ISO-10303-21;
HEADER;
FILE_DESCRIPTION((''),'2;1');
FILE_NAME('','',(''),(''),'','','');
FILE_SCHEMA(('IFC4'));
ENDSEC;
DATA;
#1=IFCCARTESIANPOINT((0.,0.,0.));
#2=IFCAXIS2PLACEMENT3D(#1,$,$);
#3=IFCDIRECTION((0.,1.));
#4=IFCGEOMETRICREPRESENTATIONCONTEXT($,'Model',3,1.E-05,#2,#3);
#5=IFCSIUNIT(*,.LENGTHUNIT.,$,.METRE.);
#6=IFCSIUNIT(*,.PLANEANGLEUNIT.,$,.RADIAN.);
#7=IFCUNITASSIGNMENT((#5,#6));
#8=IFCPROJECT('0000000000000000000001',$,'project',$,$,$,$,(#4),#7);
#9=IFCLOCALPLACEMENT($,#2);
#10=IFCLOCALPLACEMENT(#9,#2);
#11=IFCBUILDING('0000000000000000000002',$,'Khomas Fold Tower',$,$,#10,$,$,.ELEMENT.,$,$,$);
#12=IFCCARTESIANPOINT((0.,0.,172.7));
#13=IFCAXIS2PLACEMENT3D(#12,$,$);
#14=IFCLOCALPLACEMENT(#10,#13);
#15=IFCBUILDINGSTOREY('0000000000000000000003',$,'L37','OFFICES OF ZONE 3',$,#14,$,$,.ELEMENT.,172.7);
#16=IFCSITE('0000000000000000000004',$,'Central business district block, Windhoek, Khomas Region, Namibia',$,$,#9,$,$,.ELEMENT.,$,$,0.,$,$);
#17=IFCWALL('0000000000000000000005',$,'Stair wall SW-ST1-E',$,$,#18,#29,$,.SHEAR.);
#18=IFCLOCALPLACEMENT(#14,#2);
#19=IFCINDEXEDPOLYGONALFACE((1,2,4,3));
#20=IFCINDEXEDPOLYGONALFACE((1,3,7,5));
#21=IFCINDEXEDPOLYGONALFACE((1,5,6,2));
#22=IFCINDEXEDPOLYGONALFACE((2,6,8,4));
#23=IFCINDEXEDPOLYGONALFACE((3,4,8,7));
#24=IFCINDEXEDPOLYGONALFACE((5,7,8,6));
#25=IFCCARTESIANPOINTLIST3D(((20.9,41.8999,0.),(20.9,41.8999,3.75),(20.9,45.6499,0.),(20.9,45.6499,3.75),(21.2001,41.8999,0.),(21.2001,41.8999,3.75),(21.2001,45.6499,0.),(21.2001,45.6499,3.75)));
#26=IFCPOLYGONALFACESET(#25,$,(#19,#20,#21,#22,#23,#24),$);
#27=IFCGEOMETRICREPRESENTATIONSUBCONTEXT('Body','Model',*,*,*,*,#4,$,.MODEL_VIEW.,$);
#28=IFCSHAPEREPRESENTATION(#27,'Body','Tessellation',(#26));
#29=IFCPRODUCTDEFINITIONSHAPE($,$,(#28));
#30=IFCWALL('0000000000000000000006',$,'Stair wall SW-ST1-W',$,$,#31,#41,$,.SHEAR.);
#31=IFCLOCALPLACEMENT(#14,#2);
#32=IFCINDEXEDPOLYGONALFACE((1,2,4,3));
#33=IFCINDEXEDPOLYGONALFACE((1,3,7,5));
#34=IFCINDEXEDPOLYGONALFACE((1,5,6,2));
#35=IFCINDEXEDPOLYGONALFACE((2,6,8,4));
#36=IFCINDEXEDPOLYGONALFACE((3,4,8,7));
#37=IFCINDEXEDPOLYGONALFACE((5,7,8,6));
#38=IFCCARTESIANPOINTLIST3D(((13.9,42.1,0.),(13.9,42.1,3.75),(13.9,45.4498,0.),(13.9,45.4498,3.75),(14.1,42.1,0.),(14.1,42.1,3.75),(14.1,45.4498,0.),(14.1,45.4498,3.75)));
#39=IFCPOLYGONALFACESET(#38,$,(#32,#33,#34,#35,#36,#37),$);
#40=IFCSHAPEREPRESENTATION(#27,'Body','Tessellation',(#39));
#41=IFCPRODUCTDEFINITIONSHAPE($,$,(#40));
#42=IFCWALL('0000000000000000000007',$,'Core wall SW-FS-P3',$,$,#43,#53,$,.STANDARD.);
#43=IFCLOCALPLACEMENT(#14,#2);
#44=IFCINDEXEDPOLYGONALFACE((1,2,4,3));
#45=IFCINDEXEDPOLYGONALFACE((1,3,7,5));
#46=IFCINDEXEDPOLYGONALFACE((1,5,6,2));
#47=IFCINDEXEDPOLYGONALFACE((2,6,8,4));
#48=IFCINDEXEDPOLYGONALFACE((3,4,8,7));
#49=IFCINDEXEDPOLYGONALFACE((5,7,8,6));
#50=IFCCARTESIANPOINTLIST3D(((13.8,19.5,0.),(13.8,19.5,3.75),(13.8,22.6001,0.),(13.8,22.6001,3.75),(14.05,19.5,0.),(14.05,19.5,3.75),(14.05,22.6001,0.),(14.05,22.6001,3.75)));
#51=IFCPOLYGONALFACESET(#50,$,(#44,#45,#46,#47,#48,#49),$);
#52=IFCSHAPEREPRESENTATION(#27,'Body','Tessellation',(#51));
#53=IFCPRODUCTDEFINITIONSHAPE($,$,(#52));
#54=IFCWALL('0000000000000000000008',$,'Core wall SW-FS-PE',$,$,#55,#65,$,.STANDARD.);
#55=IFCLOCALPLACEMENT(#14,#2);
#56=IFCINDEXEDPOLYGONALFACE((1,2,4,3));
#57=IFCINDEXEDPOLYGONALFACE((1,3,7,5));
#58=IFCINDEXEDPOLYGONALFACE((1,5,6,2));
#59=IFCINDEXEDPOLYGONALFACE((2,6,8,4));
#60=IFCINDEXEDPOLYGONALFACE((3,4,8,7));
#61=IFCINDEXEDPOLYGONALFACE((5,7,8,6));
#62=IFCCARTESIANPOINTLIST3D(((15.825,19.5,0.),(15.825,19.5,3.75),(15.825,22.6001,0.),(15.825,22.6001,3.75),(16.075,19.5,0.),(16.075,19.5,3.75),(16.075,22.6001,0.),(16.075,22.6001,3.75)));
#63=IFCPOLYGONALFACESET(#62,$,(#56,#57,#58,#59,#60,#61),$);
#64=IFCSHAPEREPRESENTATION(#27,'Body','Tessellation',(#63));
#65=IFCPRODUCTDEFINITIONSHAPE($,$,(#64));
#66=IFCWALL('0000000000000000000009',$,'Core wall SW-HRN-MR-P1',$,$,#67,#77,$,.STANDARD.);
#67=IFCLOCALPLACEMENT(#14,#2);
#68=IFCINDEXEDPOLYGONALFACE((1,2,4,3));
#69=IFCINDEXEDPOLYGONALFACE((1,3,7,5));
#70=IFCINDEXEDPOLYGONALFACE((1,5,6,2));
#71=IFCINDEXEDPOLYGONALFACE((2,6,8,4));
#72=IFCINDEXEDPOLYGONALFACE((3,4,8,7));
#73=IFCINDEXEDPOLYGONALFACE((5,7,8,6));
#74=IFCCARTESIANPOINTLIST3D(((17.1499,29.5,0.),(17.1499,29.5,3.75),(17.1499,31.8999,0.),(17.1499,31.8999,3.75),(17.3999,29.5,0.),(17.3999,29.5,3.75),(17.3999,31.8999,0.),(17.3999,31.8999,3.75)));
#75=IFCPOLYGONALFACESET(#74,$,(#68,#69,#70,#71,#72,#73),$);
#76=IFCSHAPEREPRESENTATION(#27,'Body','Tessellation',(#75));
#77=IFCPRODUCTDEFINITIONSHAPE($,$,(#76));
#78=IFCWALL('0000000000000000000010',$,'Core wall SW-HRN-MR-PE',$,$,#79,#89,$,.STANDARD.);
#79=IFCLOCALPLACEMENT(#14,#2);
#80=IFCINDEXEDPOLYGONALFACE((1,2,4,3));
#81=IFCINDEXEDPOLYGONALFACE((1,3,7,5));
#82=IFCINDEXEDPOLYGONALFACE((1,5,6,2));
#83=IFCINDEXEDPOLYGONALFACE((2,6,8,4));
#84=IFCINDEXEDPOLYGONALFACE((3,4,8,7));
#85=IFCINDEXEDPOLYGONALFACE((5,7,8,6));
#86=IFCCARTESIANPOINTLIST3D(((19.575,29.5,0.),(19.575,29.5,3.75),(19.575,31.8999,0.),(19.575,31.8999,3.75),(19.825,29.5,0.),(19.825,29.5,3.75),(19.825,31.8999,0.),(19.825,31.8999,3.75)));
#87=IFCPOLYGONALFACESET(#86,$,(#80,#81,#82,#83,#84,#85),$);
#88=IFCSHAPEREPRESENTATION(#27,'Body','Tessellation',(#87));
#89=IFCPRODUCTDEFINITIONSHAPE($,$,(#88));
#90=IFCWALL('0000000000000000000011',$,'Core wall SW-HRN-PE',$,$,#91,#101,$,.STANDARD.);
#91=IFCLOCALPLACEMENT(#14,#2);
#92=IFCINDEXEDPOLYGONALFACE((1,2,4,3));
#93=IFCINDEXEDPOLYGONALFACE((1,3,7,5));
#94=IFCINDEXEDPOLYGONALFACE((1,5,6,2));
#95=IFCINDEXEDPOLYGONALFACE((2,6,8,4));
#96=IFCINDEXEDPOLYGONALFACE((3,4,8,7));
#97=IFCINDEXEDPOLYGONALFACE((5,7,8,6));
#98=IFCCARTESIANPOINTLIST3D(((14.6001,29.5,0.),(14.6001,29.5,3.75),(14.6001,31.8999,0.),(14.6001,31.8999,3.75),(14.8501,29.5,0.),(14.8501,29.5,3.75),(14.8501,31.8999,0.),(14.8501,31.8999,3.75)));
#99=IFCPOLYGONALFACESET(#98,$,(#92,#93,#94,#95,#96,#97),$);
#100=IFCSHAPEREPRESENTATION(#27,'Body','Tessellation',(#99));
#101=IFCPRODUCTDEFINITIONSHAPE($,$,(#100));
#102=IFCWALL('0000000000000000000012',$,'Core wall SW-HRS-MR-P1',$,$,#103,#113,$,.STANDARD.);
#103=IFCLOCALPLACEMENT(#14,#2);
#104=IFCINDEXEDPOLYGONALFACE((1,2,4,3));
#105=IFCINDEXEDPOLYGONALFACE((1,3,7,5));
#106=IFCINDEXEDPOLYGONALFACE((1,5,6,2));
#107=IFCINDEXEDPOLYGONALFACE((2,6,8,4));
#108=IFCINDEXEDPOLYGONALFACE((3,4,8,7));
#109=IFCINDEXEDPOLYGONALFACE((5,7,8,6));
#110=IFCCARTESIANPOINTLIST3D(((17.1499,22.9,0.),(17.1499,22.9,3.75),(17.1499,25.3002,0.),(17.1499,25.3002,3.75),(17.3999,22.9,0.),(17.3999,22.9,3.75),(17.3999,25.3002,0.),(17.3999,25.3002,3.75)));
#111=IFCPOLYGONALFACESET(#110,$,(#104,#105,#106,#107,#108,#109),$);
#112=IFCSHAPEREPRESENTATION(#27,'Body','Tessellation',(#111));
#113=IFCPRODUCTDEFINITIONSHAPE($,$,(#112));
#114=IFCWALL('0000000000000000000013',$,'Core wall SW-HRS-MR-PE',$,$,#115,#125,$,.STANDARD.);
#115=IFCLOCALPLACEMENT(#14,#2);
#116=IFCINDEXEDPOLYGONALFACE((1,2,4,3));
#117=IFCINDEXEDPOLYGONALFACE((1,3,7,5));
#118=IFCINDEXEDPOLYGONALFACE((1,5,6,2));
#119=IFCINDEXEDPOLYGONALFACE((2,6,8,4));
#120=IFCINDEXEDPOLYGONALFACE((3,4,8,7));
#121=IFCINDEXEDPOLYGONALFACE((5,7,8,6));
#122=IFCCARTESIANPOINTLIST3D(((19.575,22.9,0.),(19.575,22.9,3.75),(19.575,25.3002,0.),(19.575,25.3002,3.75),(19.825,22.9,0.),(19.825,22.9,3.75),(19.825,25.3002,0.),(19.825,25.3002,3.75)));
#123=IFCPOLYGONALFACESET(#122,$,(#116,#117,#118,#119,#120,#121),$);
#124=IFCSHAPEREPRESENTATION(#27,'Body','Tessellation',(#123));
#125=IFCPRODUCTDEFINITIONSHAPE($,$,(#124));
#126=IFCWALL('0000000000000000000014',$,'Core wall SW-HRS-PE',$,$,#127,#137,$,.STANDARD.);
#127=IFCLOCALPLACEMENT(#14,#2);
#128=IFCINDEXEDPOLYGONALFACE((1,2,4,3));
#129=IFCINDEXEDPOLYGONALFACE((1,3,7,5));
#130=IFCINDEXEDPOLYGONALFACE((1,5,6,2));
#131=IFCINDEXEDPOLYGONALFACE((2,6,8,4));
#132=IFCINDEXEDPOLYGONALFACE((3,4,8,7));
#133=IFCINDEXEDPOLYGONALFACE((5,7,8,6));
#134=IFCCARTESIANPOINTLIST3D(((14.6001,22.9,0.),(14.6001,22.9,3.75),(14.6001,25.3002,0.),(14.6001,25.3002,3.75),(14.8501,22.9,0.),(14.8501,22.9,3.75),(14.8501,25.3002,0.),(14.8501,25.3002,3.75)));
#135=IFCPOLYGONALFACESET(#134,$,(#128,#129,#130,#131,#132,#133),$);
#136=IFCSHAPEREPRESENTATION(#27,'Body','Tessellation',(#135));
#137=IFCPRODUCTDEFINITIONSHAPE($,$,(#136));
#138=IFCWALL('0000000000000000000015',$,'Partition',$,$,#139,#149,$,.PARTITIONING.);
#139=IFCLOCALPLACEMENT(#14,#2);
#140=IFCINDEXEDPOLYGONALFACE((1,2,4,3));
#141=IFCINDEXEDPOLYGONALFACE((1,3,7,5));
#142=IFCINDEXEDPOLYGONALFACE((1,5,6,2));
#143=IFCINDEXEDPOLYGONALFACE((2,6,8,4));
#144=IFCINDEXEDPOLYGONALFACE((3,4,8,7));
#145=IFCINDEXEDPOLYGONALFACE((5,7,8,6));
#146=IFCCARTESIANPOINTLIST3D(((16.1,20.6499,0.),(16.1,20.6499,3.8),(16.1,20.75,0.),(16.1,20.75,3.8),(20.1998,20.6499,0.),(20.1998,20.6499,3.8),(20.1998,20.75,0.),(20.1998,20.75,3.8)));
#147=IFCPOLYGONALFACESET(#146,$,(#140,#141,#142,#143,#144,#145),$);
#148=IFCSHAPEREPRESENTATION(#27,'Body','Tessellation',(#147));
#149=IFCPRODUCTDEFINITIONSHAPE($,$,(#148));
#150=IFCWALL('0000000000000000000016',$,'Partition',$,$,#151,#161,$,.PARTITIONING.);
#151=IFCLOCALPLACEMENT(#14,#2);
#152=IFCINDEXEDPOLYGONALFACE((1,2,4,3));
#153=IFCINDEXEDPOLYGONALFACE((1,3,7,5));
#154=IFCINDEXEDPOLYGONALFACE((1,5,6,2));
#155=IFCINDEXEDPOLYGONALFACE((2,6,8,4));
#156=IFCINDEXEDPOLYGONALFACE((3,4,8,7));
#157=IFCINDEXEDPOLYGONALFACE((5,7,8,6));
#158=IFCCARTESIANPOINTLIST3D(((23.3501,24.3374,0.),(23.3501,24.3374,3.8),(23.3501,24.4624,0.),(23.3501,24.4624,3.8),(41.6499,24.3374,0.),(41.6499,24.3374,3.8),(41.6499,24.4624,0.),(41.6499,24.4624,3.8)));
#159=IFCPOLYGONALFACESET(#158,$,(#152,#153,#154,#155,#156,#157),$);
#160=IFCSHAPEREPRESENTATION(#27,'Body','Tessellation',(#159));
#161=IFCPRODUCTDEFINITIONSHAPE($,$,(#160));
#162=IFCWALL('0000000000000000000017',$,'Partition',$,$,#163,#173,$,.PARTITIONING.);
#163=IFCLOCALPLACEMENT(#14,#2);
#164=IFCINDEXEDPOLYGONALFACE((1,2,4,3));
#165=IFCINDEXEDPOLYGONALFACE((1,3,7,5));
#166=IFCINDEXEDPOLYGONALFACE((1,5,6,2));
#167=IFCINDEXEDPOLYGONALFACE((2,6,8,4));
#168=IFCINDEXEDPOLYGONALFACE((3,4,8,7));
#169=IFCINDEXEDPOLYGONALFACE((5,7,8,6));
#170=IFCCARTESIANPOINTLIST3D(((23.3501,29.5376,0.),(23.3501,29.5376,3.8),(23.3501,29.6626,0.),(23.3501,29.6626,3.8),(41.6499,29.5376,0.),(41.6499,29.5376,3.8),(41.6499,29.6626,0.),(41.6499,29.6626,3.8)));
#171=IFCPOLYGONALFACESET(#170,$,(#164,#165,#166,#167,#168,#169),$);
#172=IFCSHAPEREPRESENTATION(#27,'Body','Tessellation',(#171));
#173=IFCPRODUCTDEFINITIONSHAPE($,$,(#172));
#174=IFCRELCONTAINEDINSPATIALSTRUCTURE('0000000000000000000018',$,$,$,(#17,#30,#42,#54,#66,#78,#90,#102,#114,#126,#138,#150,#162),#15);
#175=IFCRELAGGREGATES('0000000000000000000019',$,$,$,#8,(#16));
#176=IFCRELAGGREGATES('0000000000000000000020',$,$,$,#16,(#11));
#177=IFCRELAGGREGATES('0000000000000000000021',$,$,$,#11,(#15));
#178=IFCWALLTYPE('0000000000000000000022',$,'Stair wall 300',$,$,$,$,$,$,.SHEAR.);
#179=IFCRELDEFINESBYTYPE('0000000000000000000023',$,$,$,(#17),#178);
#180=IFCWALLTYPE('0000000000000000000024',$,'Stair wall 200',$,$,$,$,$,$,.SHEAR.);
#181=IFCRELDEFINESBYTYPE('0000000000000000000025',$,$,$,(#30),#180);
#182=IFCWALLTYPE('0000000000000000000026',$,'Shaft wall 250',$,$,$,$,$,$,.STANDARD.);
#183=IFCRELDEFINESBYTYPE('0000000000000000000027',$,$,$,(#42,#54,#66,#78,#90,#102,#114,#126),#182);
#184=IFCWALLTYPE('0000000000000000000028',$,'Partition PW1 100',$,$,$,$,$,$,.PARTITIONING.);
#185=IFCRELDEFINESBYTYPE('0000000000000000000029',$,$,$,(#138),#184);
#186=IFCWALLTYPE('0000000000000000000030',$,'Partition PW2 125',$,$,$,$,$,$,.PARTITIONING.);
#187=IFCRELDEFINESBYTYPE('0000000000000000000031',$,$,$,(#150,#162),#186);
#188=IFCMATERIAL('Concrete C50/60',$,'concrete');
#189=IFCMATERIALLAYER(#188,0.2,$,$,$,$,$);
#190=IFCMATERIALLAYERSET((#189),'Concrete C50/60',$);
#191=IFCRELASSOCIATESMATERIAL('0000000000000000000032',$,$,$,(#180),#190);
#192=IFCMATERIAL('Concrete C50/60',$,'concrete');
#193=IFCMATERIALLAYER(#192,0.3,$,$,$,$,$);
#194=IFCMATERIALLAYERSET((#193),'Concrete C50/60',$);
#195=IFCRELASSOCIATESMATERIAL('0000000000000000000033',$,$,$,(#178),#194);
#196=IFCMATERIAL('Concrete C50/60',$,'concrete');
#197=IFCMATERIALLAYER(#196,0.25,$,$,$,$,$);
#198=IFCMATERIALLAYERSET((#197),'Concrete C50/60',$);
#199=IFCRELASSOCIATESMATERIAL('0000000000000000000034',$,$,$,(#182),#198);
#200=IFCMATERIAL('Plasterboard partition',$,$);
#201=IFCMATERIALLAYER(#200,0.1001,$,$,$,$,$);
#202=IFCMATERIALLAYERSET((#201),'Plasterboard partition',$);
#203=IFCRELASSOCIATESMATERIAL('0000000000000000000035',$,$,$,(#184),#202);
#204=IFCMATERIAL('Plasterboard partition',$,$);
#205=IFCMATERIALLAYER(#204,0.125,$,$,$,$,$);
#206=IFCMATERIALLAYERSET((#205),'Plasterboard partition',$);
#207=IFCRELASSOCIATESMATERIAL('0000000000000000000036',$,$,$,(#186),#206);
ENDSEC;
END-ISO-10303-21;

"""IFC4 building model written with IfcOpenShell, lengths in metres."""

from ifc_helpers import new_model, si_unit, direction, frame, frame_2d, origin, place, context, subcontext, project, spatial, rectangle, extrude, source, transform, mapped, material, layer, layer_set, type_object, element, save


model = new_model("IFC4")

# Units and contexts
model_context = context("Model", 3, precision=1e-05, world=origin(), true_north=direction((0.0, 1.0)))
body_context = subcontext(model_context, "Body", "Model", "MODEL_VIEW")
ifc_project = project(units=[si_unit("LENGTHUNIT", "METRE"), si_unit("PLANEANGLEUNIT", "RADIAN")], contexts=[model_context])

# Site, building, storey
site_placement = place(None, origin())
site = spatial("IfcSite", under=ifc_project, at=site_placement, Name="Central business district block, Windhoek, Khomas Region, Namibia", CompositionType="ELEMENT", RefElevation=0.0)
building_placement = place(site_placement, origin())
building = spatial("IfcBuilding", under=site, at=building_placement, Name="Khomas Fold Tower", CompositionType="ELEMENT")
storey_placement = place(building_placement, frame((0.0, 0.0, 172.7)))
storey = spatial("IfcBuildingStorey", under=building, at=storey_placement, Name="L37", Description="OFFICES OF ZONE 3", CompositionType="ELEMENT", Elevation=172.7)

# Walls
ifc_material_1 = material(Name="Concrete C50/60", Category="concrete")
ifc_layer_1 = layer(ifc_material_1, 0.2)
ifc_layer_set_1 = layer_set([ifc_layer_1], Name="Concrete C50/60")
wall_type_1 = type_object("IfcWallType", Name="Stair wall 200", PredefinedType="SHEAR", material=ifc_layer_set_1)
ifc_material_2 = material(Name="Concrete C50/60", Category="concrete")
ifc_layer_2 = layer(ifc_material_2, 0.3)
ifc_layer_set_2 = layer_set([ifc_layer_2], Name="Concrete C50/60")
wall_type_2 = type_object("IfcWallType", Name="Stair wall 300", PredefinedType="SHEAR", material=ifc_layer_set_2)
shared_shape_1 = source(origin(), body_context, "Body", "SweptSolid", [
    extrude(rectangle(XDim=3.75, YDim=0.3, at=frame_2d((1.875, 0.0))), origin(), (0.0, 0.0, 1.0), 3.75),
])
wall_1_placement = place(storey_placement, frame((21.05, 41.8999, 0.0), z_axis=(0.0, 0.0, 1.0), x_axis=(0.0, 1.0, 0.0)))
element("IfcWall", 1, at=wall_1_placement, inside=storey, type_object=wall_type_2, Name="Stair wall SW-ST1-E", PredefinedType="SHEAR", context=body_context, shape_type="MappedRepresentation", body=[
    mapped(shared_shape_1, transform((0.0, 0.0, 0.0))),
])
shared_shape_2 = source(origin(), body_context, "Body", "SweptSolid", [
    extrude(rectangle(XDim=3.3499, YDim=0.2, at=frame_2d((1.6748, 0.0))), origin(), (0.0, 0.0, 1.0), 3.75),
])
wall_2_placement = place(storey_placement, frame((14.0, 42.1001, 0.0), z_axis=(0.0, 0.0, 1.0), x_axis=(0.0, 1.0, 0.0)))
element("IfcWall", 2, at=wall_2_placement, inside=storey, type_object=wall_type_1, Name="Stair wall SW-ST1-W", PredefinedType="SHEAR", context=body_context, shape_type="MappedRepresentation", body=[
    mapped(shared_shape_2, transform((0.0, 0.0, 0.0))),
])
ifc_material_3 = material(Name="Concrete C50/60", Category="concrete")
ifc_layer_3 = layer(ifc_material_3, 0.25)
ifc_layer_set_3 = layer_set([ifc_layer_3], Name="Concrete C50/60")
wall_type_3 = type_object("IfcWallType", Name="Shaft wall 250", PredefinedType="STANDARD", material=ifc_layer_set_3)
shared_shape_3 = source(origin(), body_context, "Body", "SweptSolid", [
    extrude(rectangle(XDim=3.1001, YDim=0.25, at=frame_2d((1.55, 0.0))), origin(), (0.0, 0.0, 1.0), 3.75),
])
for number, where, z_axis, x_axis, name in (
    (3, (13.925, 19.5, 0.0), (0.0, 0.0, 1.0), (0.0, 1.0, 0.0), "Core wall SW-FS-P3"),
    (4, (15.95, 19.5, 0.0), (0.0, 0.0, 1.0), (0.0, 1.0, 0.0), "Core wall SW-FS-PE"),
):
    element("IfcWall", number, at=place(storey_placement, frame(where, z_axis=z_axis, x_axis=x_axis)), inside=storey, type_object=wall_type_3, Name=name, PredefinedType="STANDARD", context=body_context, shape_type="MappedRepresentation", body=[
        mapped(shared_shape_3, transform((0.0, 0.0, 0.0))),
    ])
shared_shape_4 = source(origin(), body_context, "Body", "SweptSolid", [
    extrude(rectangle(XDim=2.3999, YDim=0.25, at=frame_2d((1.2, 0.0))), origin(), (0.0, 0.0, 1.0), 3.75),
])
for number, where, z_axis, x_axis, name in (
    (5, (17.2749, 29.5, 0.0), (0.0, 0.0, 1.0), (0.0, 1.0, 0.0), "Core wall SW-HRN-MR-P1"),
    (6, (19.7, 29.5, 0.0), (0.0, 0.0, 1.0), (0.0, 1.0, 0.0), "Core wall SW-HRN-MR-PE"),
    (7, (14.7251, 29.5, 0.0), (0.0, 0.0, 1.0), (0.0, 1.0, 0.0), "Core wall SW-HRN-PE"),
):
    element("IfcWall", number, at=place(storey_placement, frame(where, z_axis=z_axis, x_axis=x_axis)), inside=storey, type_object=wall_type_3, Name=name, PredefinedType="STANDARD", context=body_context, shape_type="MappedRepresentation", body=[
        mapped(shared_shape_4, transform((0.0, 0.0, 0.0))),
    ])
shared_shape_5 = source(origin(), body_context, "Body", "SweptSolid", [
    extrude(rectangle(XDim=2.4001, YDim=0.25, at=frame_2d((1.2002, 0.0))), origin(), (0.0, 0.0, 1.0), 3.75),
])
for number, where, z_axis, x_axis, name in (
    (8, (17.2749, 22.8999, 0.0), (0.0, 0.0, 1.0), (0.0, 1.0, 0.0), "Core wall SW-HRS-MR-P1"),
    (9, (19.7, 22.8999, 0.0), (0.0, 0.0, 1.0), (0.0, 1.0, 0.0), "Core wall SW-HRS-MR-PE"),
    (10, (14.7251, 22.8999, 0.0), (0.0, 0.0, 1.0), (0.0, 1.0, 0.0), "Core wall SW-HRS-PE"),
):
    element("IfcWall", number, at=place(storey_placement, frame(where, z_axis=z_axis, x_axis=x_axis)), inside=storey, type_object=wall_type_3, Name=name, PredefinedType="STANDARD", context=body_context, shape_type="MappedRepresentation", body=[
        mapped(shared_shape_5, transform((0.0, 0.0, 0.0))),
    ])
ifc_material_4 = material(Name="Plasterboard partition")
ifc_layer_4 = layer(ifc_material_4, 0.1001)
ifc_layer_set_4 = layer_set([ifc_layer_4], Name="Plasterboard partition")
wall_type_4 = type_object("IfcWallType", Name="Partition PW1 100", PredefinedType="PARTITIONING", material=ifc_layer_set_4)
shared_shape_6 = source(origin(), body_context, "Body", "SweptSolid", [
    extrude(rectangle(XDim=4.0999, YDim=0.1001, at=frame_2d((2.0498, 0.0))), origin(), (0.0, 0.0, 1.0), 3.8),
])
wall_3_placement = place(storey_placement, frame((16.1001, 20.7, 0.0), z_axis=(0.0, 0.0, 1.0), x_axis=(1.0, 0.0, 0.0)))
element("IfcWall", 11, at=wall_3_placement, inside=storey, type_object=wall_type_4, Name="Partition", PredefinedType="PARTITIONING", context=body_context, shape_type="MappedRepresentation", body=[
    mapped(shared_shape_6, transform((0.0, 0.0, 0.0))),
])
ifc_material_5 = material(Name="Plasterboard partition")
ifc_layer_5 = layer(ifc_material_5, 0.125)
ifc_layer_set_5 = layer_set([ifc_layer_5], Name="Plasterboard partition")
wall_type_5 = type_object("IfcWallType", Name="Partition PW2 125", PredefinedType="PARTITIONING", material=ifc_layer_set_5)
shared_shape_7 = source(origin(), body_context, "Body", "SweptSolid", [
    extrude(rectangle(XDim=18.2998, YDim=0.125, at=frame_2d((9.1499, 0.0))), origin(), (0.0, 0.0, 1.0), 3.8),
])
for number, where, z_axis, x_axis, name in (
    (12, (23.3501, 24.3999, 0.0), (0.0, 0.0, 1.0), (1.0, 0.0, 0.0), "Partition"),
    (13, (23.3501, 29.6001, 0.0), (0.0, 0.0, 1.0), (1.0, 0.0, 0.0), "Partition"),
):
    element("IfcWall", number, at=place(storey_placement, frame(where, z_axis=z_axis, x_axis=x_axis)), inside=storey, type_object=wall_type_5, Name=name, PredefinedType="PARTITIONING", context=body_context, shape_type="MappedRepresentation", body=[
        mapped(shared_shape_7, transform((0.0, 0.0, 0.0))),
    ])

save(model, "model.ifc")
